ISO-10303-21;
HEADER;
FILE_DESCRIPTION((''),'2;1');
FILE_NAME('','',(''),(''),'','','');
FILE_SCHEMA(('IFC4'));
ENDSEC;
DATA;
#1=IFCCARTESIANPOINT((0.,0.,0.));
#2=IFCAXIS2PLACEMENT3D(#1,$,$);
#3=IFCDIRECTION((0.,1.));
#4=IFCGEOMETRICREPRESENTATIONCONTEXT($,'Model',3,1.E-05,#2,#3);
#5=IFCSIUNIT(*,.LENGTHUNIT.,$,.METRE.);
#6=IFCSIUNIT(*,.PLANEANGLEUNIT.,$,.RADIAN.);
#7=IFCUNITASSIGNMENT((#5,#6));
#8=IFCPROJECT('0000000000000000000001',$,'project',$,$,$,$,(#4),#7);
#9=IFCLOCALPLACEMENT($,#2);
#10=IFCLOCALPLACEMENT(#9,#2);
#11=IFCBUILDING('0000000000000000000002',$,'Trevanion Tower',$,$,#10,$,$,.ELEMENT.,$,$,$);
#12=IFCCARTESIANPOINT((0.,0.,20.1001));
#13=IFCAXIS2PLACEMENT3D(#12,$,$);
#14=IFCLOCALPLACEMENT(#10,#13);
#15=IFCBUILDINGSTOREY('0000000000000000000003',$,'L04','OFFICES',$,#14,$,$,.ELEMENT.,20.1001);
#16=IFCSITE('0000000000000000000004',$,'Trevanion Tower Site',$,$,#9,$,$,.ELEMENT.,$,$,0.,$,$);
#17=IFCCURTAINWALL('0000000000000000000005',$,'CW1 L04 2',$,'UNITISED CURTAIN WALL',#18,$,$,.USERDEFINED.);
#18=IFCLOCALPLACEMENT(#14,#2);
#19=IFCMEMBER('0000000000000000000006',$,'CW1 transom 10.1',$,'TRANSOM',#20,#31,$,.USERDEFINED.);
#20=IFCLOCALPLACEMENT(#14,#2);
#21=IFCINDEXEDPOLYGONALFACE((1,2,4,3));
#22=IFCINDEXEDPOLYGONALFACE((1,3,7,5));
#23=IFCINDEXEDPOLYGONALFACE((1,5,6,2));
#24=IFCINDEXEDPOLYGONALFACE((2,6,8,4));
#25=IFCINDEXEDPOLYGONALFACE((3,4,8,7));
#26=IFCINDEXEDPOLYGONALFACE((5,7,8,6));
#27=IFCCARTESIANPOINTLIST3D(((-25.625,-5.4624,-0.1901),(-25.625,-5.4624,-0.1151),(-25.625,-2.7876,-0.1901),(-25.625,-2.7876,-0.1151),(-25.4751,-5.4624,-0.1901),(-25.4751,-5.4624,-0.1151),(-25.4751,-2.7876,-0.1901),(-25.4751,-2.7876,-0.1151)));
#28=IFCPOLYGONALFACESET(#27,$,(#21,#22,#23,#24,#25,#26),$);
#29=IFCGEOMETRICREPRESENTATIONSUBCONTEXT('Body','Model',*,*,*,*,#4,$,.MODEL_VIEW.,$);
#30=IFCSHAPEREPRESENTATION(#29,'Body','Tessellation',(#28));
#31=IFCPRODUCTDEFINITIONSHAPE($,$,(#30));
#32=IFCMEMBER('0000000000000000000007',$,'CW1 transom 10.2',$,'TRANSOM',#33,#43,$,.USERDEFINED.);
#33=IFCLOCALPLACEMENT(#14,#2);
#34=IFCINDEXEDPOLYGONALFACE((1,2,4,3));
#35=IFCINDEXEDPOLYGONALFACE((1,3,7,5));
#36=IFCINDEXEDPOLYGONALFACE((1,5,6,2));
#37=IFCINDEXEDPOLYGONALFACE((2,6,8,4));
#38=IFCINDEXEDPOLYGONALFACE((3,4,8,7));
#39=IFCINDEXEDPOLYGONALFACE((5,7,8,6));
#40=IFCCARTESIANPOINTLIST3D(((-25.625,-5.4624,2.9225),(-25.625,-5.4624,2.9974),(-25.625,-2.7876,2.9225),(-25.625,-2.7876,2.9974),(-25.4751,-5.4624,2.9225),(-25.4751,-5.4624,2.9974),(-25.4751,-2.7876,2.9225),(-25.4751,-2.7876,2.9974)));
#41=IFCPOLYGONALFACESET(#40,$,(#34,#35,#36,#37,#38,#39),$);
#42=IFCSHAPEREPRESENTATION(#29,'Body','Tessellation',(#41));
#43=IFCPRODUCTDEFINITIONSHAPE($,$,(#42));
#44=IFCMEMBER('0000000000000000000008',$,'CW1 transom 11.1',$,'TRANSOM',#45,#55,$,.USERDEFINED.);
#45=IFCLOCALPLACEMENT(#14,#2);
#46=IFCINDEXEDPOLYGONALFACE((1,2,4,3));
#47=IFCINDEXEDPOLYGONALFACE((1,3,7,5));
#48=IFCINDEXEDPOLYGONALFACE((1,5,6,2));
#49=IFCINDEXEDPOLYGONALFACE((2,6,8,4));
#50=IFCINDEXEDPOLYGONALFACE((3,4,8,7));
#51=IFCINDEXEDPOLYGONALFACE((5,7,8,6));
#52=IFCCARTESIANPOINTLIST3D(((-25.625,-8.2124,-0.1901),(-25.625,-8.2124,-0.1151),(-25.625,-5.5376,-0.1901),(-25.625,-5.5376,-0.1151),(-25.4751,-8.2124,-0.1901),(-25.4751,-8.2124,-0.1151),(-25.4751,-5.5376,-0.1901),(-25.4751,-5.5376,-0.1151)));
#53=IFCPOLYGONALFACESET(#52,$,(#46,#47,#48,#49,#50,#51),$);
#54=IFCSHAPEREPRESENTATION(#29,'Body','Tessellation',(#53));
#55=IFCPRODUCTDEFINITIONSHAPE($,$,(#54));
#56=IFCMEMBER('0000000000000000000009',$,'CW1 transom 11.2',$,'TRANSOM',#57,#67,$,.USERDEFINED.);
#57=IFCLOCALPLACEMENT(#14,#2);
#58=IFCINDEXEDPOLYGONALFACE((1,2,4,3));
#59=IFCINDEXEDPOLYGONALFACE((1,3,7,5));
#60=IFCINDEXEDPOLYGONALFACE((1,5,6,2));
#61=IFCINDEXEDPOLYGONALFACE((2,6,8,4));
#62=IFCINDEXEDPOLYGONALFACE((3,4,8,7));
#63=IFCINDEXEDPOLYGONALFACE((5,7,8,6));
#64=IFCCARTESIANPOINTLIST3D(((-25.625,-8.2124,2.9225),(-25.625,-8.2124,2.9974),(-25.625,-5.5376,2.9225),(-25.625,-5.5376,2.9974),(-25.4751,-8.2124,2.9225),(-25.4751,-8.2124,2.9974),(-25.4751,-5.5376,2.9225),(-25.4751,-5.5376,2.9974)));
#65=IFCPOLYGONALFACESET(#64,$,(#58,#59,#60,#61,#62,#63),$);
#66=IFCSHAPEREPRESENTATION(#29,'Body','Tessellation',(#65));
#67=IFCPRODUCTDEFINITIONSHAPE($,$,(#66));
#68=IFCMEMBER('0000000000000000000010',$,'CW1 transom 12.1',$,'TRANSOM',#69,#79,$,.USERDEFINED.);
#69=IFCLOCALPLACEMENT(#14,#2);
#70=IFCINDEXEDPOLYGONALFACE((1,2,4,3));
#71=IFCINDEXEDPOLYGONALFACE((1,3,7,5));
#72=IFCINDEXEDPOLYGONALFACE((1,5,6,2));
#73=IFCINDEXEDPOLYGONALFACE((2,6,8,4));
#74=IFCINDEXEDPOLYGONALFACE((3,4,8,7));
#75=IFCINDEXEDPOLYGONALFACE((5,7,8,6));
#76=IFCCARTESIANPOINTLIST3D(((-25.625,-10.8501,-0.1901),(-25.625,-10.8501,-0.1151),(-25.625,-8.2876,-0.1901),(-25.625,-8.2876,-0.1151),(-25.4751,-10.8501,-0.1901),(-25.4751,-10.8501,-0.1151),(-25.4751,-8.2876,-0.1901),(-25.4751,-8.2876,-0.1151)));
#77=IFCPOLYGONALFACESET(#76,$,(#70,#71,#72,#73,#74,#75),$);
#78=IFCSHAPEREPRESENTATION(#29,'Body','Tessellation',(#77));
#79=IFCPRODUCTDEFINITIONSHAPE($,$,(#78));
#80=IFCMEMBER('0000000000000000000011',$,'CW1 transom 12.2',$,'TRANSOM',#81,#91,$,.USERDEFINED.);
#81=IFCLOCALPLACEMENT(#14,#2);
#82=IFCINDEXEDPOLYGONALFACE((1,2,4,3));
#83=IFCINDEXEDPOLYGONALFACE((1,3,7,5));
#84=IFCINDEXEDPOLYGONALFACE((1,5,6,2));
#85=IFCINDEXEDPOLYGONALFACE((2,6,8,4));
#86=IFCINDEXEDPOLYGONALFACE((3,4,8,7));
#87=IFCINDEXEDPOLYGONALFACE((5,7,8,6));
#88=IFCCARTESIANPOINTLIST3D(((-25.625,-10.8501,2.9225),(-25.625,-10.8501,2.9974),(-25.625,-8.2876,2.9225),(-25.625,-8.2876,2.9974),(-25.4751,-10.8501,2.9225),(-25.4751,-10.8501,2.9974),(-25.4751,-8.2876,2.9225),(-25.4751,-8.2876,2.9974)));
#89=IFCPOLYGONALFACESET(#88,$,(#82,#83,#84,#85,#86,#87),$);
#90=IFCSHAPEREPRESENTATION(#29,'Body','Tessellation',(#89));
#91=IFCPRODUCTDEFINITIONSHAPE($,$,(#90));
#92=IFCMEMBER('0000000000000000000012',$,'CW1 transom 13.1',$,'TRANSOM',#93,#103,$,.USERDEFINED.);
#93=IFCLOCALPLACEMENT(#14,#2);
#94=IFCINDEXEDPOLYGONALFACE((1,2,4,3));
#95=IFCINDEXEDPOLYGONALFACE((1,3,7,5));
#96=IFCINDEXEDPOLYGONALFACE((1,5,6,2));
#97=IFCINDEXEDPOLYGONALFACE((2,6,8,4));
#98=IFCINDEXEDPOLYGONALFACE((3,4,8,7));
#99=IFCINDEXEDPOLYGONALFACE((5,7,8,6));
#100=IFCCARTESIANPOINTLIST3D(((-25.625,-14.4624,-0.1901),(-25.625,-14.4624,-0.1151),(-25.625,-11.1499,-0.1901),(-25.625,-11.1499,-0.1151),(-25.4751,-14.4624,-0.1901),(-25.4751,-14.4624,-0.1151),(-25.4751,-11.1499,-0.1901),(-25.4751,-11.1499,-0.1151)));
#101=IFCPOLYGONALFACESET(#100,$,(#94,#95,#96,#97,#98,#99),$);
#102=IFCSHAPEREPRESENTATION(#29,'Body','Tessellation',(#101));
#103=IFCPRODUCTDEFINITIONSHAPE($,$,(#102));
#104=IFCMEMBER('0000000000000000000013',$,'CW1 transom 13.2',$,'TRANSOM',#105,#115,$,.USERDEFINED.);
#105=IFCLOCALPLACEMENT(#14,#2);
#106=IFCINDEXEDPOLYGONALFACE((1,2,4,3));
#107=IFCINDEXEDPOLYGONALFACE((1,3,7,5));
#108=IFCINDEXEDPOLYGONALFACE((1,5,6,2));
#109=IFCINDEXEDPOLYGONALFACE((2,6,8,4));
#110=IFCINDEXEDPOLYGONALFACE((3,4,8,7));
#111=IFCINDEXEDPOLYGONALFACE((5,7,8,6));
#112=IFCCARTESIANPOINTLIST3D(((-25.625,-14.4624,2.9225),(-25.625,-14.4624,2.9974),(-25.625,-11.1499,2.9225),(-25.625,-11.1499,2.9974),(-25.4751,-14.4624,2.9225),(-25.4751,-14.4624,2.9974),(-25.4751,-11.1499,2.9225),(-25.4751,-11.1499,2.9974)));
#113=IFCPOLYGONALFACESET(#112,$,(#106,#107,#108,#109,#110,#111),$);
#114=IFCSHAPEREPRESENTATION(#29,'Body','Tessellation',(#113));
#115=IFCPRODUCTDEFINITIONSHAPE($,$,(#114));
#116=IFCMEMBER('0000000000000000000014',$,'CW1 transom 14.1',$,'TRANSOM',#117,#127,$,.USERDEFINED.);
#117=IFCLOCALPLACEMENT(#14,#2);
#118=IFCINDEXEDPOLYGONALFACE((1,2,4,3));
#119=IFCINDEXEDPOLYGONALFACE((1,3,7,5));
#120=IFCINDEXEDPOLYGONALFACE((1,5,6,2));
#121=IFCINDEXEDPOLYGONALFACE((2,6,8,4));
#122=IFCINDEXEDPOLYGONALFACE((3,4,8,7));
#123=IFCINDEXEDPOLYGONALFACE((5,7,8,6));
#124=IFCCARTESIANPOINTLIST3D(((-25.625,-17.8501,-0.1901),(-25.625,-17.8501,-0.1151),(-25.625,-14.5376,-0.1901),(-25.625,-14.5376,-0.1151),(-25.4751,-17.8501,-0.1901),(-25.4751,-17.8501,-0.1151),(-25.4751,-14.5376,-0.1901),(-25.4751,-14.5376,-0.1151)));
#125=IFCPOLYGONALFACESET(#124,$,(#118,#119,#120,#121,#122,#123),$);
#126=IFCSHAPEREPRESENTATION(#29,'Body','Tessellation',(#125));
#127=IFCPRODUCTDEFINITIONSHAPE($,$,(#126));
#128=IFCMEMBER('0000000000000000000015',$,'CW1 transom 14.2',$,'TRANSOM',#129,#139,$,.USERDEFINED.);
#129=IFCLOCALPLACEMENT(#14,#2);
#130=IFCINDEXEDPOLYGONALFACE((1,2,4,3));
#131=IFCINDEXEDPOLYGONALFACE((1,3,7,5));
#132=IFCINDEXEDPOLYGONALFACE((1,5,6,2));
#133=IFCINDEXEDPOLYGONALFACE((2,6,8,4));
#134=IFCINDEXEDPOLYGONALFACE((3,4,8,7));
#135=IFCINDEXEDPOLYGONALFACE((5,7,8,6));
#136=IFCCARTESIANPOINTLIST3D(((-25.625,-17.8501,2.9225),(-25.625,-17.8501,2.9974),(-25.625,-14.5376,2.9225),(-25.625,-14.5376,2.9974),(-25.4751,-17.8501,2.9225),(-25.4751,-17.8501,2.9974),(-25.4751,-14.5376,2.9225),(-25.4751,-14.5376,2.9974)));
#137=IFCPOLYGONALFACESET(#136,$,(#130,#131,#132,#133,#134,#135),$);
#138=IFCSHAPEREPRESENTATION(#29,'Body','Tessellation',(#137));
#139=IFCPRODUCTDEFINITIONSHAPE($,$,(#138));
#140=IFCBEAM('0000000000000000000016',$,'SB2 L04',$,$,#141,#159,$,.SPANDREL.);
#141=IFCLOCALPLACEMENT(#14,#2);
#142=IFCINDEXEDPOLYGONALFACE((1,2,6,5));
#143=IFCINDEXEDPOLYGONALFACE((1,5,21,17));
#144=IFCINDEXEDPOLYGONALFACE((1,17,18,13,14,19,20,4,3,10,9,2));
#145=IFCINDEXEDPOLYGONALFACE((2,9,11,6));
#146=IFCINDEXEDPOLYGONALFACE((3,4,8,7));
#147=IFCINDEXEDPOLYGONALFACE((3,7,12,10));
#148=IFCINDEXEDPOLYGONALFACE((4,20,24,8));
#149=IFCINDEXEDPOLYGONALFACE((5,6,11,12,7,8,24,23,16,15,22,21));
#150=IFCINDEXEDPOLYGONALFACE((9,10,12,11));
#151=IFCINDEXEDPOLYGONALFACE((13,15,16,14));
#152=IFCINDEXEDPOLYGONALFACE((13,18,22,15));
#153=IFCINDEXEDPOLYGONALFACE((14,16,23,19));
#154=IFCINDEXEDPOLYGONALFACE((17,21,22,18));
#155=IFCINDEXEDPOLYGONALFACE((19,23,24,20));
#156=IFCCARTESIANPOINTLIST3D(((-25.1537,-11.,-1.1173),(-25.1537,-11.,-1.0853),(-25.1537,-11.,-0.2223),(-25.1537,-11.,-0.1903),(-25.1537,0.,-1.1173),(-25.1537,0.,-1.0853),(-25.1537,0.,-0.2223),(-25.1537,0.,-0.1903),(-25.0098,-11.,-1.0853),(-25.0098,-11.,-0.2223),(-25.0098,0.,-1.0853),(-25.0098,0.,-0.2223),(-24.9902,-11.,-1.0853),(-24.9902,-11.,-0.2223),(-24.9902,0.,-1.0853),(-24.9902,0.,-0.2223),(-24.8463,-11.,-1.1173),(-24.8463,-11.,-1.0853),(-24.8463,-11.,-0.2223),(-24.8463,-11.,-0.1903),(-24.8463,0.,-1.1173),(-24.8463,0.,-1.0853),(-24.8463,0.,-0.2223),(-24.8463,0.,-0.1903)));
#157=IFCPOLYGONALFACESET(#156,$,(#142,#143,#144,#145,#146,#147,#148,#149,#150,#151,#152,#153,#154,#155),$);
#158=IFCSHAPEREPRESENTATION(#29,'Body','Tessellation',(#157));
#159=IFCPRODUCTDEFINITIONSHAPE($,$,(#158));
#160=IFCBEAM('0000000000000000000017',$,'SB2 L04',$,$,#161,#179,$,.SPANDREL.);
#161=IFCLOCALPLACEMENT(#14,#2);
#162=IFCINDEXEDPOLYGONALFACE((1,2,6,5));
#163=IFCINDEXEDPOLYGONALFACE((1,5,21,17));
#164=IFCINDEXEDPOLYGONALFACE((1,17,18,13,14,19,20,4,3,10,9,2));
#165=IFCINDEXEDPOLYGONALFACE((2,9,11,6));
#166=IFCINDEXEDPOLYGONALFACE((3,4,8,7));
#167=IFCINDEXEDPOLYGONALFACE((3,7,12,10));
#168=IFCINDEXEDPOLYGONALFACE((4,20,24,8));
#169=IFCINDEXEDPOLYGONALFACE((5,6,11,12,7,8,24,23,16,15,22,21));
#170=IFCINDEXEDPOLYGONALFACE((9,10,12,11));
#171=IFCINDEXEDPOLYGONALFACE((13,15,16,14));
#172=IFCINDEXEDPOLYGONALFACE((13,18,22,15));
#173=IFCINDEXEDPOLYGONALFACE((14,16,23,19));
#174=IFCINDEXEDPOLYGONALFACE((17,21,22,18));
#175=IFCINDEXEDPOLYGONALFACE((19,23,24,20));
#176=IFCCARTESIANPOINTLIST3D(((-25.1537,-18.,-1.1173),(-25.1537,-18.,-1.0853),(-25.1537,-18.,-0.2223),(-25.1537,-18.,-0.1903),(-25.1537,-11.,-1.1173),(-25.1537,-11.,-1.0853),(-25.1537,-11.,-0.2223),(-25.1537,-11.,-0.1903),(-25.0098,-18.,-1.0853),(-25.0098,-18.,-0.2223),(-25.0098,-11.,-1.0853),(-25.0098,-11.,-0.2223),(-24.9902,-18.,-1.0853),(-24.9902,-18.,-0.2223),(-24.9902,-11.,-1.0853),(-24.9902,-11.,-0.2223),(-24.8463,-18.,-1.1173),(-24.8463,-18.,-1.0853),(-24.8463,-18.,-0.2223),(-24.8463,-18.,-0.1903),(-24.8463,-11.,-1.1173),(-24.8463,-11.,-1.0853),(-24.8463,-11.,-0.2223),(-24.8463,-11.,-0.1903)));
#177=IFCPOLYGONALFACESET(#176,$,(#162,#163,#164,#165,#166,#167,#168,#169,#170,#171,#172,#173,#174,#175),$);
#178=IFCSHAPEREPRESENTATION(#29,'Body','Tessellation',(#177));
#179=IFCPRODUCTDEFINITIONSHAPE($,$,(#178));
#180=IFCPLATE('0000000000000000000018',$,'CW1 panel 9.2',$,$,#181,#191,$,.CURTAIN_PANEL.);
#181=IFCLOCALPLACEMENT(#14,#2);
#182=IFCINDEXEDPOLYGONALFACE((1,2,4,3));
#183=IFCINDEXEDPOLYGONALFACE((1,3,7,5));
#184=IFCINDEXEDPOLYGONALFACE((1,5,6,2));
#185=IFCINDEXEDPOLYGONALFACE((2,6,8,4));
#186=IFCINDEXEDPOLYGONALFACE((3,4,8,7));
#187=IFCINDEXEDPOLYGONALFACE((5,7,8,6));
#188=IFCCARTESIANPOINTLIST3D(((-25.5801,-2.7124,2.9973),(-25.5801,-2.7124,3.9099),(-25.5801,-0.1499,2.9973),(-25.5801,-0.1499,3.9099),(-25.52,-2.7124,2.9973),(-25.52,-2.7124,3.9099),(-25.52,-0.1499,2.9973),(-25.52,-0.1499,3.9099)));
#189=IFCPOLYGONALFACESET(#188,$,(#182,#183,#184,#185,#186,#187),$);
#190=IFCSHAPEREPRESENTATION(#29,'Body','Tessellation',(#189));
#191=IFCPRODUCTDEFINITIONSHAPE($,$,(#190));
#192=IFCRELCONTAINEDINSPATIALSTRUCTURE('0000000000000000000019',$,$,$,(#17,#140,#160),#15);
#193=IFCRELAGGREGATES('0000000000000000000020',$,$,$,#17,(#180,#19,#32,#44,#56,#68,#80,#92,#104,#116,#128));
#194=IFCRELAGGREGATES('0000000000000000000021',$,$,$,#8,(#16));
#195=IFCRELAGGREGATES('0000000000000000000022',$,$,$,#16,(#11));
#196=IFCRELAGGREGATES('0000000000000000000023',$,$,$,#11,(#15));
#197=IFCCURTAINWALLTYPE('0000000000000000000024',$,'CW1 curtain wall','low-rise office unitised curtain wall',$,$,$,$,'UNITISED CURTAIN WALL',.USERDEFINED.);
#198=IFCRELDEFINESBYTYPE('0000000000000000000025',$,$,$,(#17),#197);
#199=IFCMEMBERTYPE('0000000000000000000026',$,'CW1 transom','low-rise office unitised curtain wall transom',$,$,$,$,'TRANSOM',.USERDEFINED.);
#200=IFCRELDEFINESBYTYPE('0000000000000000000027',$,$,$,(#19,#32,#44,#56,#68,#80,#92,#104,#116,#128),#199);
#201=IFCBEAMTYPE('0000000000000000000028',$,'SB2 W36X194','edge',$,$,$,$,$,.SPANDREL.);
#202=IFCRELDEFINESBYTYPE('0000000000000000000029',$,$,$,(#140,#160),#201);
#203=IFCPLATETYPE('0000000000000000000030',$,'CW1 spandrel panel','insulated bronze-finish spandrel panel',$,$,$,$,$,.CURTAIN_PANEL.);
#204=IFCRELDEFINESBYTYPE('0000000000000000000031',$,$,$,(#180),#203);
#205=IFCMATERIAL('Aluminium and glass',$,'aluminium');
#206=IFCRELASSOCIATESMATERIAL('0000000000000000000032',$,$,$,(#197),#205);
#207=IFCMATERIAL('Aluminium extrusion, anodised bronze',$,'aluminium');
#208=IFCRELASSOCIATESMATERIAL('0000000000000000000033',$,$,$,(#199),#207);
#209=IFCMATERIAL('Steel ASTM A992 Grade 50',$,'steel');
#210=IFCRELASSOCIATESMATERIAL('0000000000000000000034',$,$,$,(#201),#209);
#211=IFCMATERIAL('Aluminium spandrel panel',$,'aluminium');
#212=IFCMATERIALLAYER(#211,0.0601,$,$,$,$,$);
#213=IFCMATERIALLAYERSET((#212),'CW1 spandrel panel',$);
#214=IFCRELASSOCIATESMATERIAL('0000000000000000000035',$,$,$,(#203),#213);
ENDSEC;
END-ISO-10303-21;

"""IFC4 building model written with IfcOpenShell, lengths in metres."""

from ifc_helpers import new_model, si_unit, direction, frame, origin, origin_2d, place, context, subcontext, project, spatial, rectangle, i_section, extrude, material, layer, layer_set, material_profile, profile_set, type_object, element, aggregate, save


model = new_model("IFC4")

# Units and contexts
model_context = context("Model", 3, precision=1e-05, world=origin(), true_north=direction((0.0, 1.0)))
body_context = subcontext(model_context, "Body", "Model", "MODEL_VIEW")
ifc_project = project(units=[si_unit("LENGTHUNIT", "METRE"), si_unit("PLANEANGLEUNIT", "RADIAN")], contexts=[model_context])

# Site, building, storey
site_placement = place(None, origin())
site = spatial("IfcSite", under=ifc_project, at=site_placement, Name="Trevanion Tower Site", CompositionType="ELEMENT", RefElevation=0.0)
building_placement = place(site_placement, origin())
building = spatial("IfcBuilding", under=site, at=building_placement, Name="Trevanion Tower", CompositionType="ELEMENT")
storey_placement = place(building_placement, frame((0.0, 0.0, 20.1001)))
storey = spatial("IfcBuildingStorey", under=building, at=storey_placement, Name="L04", Description="OFFICES", CompositionType="ELEMENT", Elevation=20.1001)

# Curtain wall, members
ifc_material_1 = material(Name="Aluminium and glass", Category="aluminium")
curtain_wall_type = type_object("IfcCurtainWallType", Name="CW1 curtain wall", Description="low-rise office unitised curtain wall", ElementType="UNITISED CURTAIN WALL", PredefinedType="USERDEFINED", material=ifc_material_1)
curtain_wall_placement = place(storey_placement, origin())
curtain_wall = element("IfcCurtainWall", 1, at=curtain_wall_placement, inside=storey, type_object=curtain_wall_type, Name="CW1 L04 2", ObjectType="UNITISED CURTAIN WALL", PredefinedType="USERDEFINED")
ifc_material_2 = material(Name="Aluminium extrusion, anodised bronze", Category="aluminium")
ifc_material_profile_1 = material_profile(ifc_material_2, rectangle(XDim=0.1499, YDim=0.075, at=origin_2d()), Name="CW1 transom")
ifc_profile_set_1 = profile_set([ifc_material_profile_1], Name="Aluminium extrusion, anodised bronze")
member_type_1 = type_object("IfcMemberType", Name="CW1 transom", Description="low-rise office unitised curtain wall transom", ElementType="TRANSOM", PredefinedType="USERDEFINED", material=ifc_profile_set_1)
member_1_placement = place(storey_placement, frame((-25.55, -2.7876, -0.1526), z_axis=(0.0, -1.0, 0.0), x_axis=(1.0, 0.0, 0.0)))
member_1 = element("IfcMember", 2, at=member_1_placement, type_object=member_type_1, Name="CW1 transom 10.1", ObjectType="TRANSOM", PredefinedType="USERDEFINED", context=body_context, shape_type="SweptSolid", body=[
    extrude(rectangle(XDim=0.1499, YDim=0.075, at=origin_2d()), origin(), (0.0, 0.0, 1.0), 2.6748),
])
member_2_placement = place(storey_placement, frame((-25.55, -2.7876, 2.96), z_axis=(0.0, -1.0, 0.0), x_axis=(1.0, 0.0, 0.0)))
member_2 = element("IfcMember", 3, at=member_2_placement, type_object=member_type_1, Name="CW1 transom 10.2", ObjectType="TRANSOM", PredefinedType="USERDEFINED", context=body_context, shape_type="SweptSolid", body=[
    extrude(rectangle(XDim=0.1499, YDim=0.075, at=origin_2d()), origin(), (0.0, 0.0, 1.0), 2.6748),
])
member_3_placement = place(storey_placement, frame((-25.55, -5.5376, -0.1526), z_axis=(0.0, -1.0, 0.0), x_axis=(1.0, 0.0, 0.0)))
member_3 = element("IfcMember", 4, at=member_3_placement, type_object=member_type_1, Name="CW1 transom 11.1", ObjectType="TRANSOM", PredefinedType="USERDEFINED", context=body_context, shape_type="SweptSolid", body=[
    extrude(rectangle(XDim=0.1499, YDim=0.075, at=origin_2d()), origin(), (0.0, 0.0, 1.0), 2.6748),
])
member_4_placement = place(storey_placement, frame((-25.55, -5.5376, 2.96), z_axis=(0.0, -1.0, 0.0), x_axis=(1.0, 0.0, 0.0)))
member_4 = element("IfcMember", 5, at=member_4_placement, type_object=member_type_1, Name="CW1 transom 11.2", ObjectType="TRANSOM", PredefinedType="USERDEFINED", context=body_context, shape_type="SweptSolid", body=[
    extrude(rectangle(XDim=0.1499, YDim=0.075, at=origin_2d()), origin(), (0.0, 0.0, 1.0), 2.6748),
])
member_5_placement = place(storey_placement, frame((-25.55, -8.2876, -0.1526), z_axis=(0.0, -1.0, 0.0), x_axis=(1.0, 0.0, 0.0)))
member_5 = element("IfcMember", 6, at=member_5_placement, type_object=member_type_1, Name="CW1 transom 12.1", ObjectType="TRANSOM", PredefinedType="USERDEFINED", context=body_context, shape_type="SweptSolid", body=[
    extrude(rectangle(XDim=0.1499, YDim=0.075, at=origin_2d()), origin(), (0.0, 0.0, 1.0), 2.5625),
])
member_6_placement = place(storey_placement, frame((-25.55, -8.2876, 2.96), z_axis=(0.0, -1.0, 0.0), x_axis=(1.0, 0.0, 0.0)))
member_6 = element("IfcMember", 7, at=member_6_placement, type_object=member_type_1, Name="CW1 transom 12.2", ObjectType="TRANSOM", PredefinedType="USERDEFINED", context=body_context, shape_type="SweptSolid", body=[
    extrude(rectangle(XDim=0.1499, YDim=0.075, at=origin_2d()), origin(), (0.0, 0.0, 1.0), 2.5625),
])
member_7_placement = place(storey_placement, frame((-25.55, -11.1499, -0.1526), z_axis=(0.0, -1.0, 0.0), x_axis=(1.0, 0.0, 0.0)))
member_7 = element("IfcMember", 8, at=member_7_placement, type_object=member_type_1, Name="CW1 transom 13.1", ObjectType="TRANSOM", PredefinedType="USERDEFINED", context=body_context, shape_type="SweptSolid", body=[
    extrude(rectangle(XDim=0.1499, YDim=0.075, at=origin_2d()), origin(), (0.0, 0.0, 1.0), 3.3125),
])
member_8_placement = place(storey_placement, frame((-25.55, -11.1499, 2.96), z_axis=(0.0, -1.0, 0.0), x_axis=(1.0, 0.0, 0.0)))
member_8 = element("IfcMember", 9, at=member_8_placement, type_object=member_type_1, Name="CW1 transom 13.2", ObjectType="TRANSOM", PredefinedType="USERDEFINED", context=body_context, shape_type="SweptSolid", body=[
    extrude(rectangle(XDim=0.1499, YDim=0.075, at=origin_2d()), origin(), (0.0, 0.0, 1.0), 3.3125),
])
member_9_placement = place(storey_placement, frame((-25.55, -14.5376, -0.1526), z_axis=(0.0, -1.0, 0.0), x_axis=(1.0, 0.0, 0.0)))
member_9 = element("IfcMember", 10, at=member_9_placement, type_object=member_type_1, Name="CW1 transom 14.1", ObjectType="TRANSOM", PredefinedType="USERDEFINED", context=body_context, shape_type="SweptSolid", body=[
    extrude(rectangle(XDim=0.1499, YDim=0.075, at=origin_2d()), origin(), (0.0, 0.0, 1.0), 3.3125),
])
member_10_placement = place(storey_placement, frame((-25.55, -14.5376, 2.96), z_axis=(0.0, -1.0, 0.0), x_axis=(1.0, 0.0, 0.0)))
member_10 = element("IfcMember", 11, at=member_10_placement, type_object=member_type_1, Name="CW1 transom 14.2", ObjectType="TRANSOM", PredefinedType="USERDEFINED", context=body_context, shape_type="SweptSolid", body=[
    extrude(rectangle(XDim=0.1499, YDim=0.075, at=origin_2d()), origin(), (0.0, 0.0, 1.0), 3.3125),
])

# Beams
ifc_material_3 = material(Name="Steel ASTM A992 Grade 50", Category="steel")
ifc_material_profile_2 = material_profile(ifc_material_3, i_section(OverallWidth=0.3074, OverallDepth=0.927, WebThickness=0.0195, FlangeThickness=0.032, at=origin_2d()), Name="W36X194")
ifc_profile_set_2 = profile_set([ifc_material_profile_2], Name="Steel ASTM A992 Grade 50")
beam_type_1 = type_object("IfcBeamType", Name="SB2 W36X194", Description="edge", PredefinedType="SPANDREL", material=ifc_profile_set_2)
beam_1_placement = place(storey_placement, frame((-25.0, 0.0, -0.6538), z_axis=(0.0, -1.0, 0.0), x_axis=(1.0, 0.0, 0.0)))
element("IfcBeam", 12, at=beam_1_placement, inside=storey, type_object=beam_type_1, Name="SB2 L04", PredefinedType="SPANDREL", context=body_context, shape_type="SweptSolid", body=[
    extrude(i_section(OverallWidth=0.3074, OverallDepth=0.927, WebThickness=0.0195, FlangeThickness=0.032, at=origin_2d()), origin(), (0.0, 0.0, 1.0), 11.0),
])
beam_2_placement = place(storey_placement, frame((-25.0, -11.0, -0.6538), z_axis=(0.0, -1.0, 0.0), x_axis=(1.0, 0.0, 0.0)))
element("IfcBeam", 13, at=beam_2_placement, inside=storey, type_object=beam_type_1, Name="SB2 L04", PredefinedType="SPANDREL", context=body_context, shape_type="SweptSolid", body=[
    extrude(i_section(OverallWidth=0.3074, OverallDepth=0.927, WebThickness=0.0195, FlangeThickness=0.032, at=origin_2d()), origin(), (0.0, 0.0, 1.0), 7.0),
])

# Plate
ifc_material_4 = material(Name="Aluminium spandrel panel", Category="aluminium")
ifc_layer_1 = layer(ifc_material_4, 0.0601)
ifc_layer_set_1 = layer_set([ifc_layer_1], Name="CW1 spandrel panel")
plate_type_1 = type_object("IfcPlateType", Name="CW1 spandrel panel", Description="insulated bronze-finish spandrel panel", PredefinedType="CURTAIN_PANEL", material=ifc_layer_set_1)
plate_1_placement = place(storey_placement, frame((-25.55, -1.4312, 2.9973), z_axis=(0.0, 0.0, 1.0), x_axis=(0.0, -1.0, 0.0)))
plate_1 = element("IfcPlate", 14, at=plate_1_placement, type_object=plate_type_1, Name="CW1 panel 9.2", PredefinedType="CURTAIN_PANEL", context=body_context, shape_type="SweptSolid", body=[
    extrude(rectangle(XDim=2.5625, YDim=0.0601, at=origin_2d()), origin(), (0.0, 0.0, 1.0), 0.9126),
])
aggregate(curtain_wall, [plate_1, member_1, member_2, member_3, member_4, member_5, member_6, member_7, member_8, member_9, member_10])

save(model, "model.ifc")
